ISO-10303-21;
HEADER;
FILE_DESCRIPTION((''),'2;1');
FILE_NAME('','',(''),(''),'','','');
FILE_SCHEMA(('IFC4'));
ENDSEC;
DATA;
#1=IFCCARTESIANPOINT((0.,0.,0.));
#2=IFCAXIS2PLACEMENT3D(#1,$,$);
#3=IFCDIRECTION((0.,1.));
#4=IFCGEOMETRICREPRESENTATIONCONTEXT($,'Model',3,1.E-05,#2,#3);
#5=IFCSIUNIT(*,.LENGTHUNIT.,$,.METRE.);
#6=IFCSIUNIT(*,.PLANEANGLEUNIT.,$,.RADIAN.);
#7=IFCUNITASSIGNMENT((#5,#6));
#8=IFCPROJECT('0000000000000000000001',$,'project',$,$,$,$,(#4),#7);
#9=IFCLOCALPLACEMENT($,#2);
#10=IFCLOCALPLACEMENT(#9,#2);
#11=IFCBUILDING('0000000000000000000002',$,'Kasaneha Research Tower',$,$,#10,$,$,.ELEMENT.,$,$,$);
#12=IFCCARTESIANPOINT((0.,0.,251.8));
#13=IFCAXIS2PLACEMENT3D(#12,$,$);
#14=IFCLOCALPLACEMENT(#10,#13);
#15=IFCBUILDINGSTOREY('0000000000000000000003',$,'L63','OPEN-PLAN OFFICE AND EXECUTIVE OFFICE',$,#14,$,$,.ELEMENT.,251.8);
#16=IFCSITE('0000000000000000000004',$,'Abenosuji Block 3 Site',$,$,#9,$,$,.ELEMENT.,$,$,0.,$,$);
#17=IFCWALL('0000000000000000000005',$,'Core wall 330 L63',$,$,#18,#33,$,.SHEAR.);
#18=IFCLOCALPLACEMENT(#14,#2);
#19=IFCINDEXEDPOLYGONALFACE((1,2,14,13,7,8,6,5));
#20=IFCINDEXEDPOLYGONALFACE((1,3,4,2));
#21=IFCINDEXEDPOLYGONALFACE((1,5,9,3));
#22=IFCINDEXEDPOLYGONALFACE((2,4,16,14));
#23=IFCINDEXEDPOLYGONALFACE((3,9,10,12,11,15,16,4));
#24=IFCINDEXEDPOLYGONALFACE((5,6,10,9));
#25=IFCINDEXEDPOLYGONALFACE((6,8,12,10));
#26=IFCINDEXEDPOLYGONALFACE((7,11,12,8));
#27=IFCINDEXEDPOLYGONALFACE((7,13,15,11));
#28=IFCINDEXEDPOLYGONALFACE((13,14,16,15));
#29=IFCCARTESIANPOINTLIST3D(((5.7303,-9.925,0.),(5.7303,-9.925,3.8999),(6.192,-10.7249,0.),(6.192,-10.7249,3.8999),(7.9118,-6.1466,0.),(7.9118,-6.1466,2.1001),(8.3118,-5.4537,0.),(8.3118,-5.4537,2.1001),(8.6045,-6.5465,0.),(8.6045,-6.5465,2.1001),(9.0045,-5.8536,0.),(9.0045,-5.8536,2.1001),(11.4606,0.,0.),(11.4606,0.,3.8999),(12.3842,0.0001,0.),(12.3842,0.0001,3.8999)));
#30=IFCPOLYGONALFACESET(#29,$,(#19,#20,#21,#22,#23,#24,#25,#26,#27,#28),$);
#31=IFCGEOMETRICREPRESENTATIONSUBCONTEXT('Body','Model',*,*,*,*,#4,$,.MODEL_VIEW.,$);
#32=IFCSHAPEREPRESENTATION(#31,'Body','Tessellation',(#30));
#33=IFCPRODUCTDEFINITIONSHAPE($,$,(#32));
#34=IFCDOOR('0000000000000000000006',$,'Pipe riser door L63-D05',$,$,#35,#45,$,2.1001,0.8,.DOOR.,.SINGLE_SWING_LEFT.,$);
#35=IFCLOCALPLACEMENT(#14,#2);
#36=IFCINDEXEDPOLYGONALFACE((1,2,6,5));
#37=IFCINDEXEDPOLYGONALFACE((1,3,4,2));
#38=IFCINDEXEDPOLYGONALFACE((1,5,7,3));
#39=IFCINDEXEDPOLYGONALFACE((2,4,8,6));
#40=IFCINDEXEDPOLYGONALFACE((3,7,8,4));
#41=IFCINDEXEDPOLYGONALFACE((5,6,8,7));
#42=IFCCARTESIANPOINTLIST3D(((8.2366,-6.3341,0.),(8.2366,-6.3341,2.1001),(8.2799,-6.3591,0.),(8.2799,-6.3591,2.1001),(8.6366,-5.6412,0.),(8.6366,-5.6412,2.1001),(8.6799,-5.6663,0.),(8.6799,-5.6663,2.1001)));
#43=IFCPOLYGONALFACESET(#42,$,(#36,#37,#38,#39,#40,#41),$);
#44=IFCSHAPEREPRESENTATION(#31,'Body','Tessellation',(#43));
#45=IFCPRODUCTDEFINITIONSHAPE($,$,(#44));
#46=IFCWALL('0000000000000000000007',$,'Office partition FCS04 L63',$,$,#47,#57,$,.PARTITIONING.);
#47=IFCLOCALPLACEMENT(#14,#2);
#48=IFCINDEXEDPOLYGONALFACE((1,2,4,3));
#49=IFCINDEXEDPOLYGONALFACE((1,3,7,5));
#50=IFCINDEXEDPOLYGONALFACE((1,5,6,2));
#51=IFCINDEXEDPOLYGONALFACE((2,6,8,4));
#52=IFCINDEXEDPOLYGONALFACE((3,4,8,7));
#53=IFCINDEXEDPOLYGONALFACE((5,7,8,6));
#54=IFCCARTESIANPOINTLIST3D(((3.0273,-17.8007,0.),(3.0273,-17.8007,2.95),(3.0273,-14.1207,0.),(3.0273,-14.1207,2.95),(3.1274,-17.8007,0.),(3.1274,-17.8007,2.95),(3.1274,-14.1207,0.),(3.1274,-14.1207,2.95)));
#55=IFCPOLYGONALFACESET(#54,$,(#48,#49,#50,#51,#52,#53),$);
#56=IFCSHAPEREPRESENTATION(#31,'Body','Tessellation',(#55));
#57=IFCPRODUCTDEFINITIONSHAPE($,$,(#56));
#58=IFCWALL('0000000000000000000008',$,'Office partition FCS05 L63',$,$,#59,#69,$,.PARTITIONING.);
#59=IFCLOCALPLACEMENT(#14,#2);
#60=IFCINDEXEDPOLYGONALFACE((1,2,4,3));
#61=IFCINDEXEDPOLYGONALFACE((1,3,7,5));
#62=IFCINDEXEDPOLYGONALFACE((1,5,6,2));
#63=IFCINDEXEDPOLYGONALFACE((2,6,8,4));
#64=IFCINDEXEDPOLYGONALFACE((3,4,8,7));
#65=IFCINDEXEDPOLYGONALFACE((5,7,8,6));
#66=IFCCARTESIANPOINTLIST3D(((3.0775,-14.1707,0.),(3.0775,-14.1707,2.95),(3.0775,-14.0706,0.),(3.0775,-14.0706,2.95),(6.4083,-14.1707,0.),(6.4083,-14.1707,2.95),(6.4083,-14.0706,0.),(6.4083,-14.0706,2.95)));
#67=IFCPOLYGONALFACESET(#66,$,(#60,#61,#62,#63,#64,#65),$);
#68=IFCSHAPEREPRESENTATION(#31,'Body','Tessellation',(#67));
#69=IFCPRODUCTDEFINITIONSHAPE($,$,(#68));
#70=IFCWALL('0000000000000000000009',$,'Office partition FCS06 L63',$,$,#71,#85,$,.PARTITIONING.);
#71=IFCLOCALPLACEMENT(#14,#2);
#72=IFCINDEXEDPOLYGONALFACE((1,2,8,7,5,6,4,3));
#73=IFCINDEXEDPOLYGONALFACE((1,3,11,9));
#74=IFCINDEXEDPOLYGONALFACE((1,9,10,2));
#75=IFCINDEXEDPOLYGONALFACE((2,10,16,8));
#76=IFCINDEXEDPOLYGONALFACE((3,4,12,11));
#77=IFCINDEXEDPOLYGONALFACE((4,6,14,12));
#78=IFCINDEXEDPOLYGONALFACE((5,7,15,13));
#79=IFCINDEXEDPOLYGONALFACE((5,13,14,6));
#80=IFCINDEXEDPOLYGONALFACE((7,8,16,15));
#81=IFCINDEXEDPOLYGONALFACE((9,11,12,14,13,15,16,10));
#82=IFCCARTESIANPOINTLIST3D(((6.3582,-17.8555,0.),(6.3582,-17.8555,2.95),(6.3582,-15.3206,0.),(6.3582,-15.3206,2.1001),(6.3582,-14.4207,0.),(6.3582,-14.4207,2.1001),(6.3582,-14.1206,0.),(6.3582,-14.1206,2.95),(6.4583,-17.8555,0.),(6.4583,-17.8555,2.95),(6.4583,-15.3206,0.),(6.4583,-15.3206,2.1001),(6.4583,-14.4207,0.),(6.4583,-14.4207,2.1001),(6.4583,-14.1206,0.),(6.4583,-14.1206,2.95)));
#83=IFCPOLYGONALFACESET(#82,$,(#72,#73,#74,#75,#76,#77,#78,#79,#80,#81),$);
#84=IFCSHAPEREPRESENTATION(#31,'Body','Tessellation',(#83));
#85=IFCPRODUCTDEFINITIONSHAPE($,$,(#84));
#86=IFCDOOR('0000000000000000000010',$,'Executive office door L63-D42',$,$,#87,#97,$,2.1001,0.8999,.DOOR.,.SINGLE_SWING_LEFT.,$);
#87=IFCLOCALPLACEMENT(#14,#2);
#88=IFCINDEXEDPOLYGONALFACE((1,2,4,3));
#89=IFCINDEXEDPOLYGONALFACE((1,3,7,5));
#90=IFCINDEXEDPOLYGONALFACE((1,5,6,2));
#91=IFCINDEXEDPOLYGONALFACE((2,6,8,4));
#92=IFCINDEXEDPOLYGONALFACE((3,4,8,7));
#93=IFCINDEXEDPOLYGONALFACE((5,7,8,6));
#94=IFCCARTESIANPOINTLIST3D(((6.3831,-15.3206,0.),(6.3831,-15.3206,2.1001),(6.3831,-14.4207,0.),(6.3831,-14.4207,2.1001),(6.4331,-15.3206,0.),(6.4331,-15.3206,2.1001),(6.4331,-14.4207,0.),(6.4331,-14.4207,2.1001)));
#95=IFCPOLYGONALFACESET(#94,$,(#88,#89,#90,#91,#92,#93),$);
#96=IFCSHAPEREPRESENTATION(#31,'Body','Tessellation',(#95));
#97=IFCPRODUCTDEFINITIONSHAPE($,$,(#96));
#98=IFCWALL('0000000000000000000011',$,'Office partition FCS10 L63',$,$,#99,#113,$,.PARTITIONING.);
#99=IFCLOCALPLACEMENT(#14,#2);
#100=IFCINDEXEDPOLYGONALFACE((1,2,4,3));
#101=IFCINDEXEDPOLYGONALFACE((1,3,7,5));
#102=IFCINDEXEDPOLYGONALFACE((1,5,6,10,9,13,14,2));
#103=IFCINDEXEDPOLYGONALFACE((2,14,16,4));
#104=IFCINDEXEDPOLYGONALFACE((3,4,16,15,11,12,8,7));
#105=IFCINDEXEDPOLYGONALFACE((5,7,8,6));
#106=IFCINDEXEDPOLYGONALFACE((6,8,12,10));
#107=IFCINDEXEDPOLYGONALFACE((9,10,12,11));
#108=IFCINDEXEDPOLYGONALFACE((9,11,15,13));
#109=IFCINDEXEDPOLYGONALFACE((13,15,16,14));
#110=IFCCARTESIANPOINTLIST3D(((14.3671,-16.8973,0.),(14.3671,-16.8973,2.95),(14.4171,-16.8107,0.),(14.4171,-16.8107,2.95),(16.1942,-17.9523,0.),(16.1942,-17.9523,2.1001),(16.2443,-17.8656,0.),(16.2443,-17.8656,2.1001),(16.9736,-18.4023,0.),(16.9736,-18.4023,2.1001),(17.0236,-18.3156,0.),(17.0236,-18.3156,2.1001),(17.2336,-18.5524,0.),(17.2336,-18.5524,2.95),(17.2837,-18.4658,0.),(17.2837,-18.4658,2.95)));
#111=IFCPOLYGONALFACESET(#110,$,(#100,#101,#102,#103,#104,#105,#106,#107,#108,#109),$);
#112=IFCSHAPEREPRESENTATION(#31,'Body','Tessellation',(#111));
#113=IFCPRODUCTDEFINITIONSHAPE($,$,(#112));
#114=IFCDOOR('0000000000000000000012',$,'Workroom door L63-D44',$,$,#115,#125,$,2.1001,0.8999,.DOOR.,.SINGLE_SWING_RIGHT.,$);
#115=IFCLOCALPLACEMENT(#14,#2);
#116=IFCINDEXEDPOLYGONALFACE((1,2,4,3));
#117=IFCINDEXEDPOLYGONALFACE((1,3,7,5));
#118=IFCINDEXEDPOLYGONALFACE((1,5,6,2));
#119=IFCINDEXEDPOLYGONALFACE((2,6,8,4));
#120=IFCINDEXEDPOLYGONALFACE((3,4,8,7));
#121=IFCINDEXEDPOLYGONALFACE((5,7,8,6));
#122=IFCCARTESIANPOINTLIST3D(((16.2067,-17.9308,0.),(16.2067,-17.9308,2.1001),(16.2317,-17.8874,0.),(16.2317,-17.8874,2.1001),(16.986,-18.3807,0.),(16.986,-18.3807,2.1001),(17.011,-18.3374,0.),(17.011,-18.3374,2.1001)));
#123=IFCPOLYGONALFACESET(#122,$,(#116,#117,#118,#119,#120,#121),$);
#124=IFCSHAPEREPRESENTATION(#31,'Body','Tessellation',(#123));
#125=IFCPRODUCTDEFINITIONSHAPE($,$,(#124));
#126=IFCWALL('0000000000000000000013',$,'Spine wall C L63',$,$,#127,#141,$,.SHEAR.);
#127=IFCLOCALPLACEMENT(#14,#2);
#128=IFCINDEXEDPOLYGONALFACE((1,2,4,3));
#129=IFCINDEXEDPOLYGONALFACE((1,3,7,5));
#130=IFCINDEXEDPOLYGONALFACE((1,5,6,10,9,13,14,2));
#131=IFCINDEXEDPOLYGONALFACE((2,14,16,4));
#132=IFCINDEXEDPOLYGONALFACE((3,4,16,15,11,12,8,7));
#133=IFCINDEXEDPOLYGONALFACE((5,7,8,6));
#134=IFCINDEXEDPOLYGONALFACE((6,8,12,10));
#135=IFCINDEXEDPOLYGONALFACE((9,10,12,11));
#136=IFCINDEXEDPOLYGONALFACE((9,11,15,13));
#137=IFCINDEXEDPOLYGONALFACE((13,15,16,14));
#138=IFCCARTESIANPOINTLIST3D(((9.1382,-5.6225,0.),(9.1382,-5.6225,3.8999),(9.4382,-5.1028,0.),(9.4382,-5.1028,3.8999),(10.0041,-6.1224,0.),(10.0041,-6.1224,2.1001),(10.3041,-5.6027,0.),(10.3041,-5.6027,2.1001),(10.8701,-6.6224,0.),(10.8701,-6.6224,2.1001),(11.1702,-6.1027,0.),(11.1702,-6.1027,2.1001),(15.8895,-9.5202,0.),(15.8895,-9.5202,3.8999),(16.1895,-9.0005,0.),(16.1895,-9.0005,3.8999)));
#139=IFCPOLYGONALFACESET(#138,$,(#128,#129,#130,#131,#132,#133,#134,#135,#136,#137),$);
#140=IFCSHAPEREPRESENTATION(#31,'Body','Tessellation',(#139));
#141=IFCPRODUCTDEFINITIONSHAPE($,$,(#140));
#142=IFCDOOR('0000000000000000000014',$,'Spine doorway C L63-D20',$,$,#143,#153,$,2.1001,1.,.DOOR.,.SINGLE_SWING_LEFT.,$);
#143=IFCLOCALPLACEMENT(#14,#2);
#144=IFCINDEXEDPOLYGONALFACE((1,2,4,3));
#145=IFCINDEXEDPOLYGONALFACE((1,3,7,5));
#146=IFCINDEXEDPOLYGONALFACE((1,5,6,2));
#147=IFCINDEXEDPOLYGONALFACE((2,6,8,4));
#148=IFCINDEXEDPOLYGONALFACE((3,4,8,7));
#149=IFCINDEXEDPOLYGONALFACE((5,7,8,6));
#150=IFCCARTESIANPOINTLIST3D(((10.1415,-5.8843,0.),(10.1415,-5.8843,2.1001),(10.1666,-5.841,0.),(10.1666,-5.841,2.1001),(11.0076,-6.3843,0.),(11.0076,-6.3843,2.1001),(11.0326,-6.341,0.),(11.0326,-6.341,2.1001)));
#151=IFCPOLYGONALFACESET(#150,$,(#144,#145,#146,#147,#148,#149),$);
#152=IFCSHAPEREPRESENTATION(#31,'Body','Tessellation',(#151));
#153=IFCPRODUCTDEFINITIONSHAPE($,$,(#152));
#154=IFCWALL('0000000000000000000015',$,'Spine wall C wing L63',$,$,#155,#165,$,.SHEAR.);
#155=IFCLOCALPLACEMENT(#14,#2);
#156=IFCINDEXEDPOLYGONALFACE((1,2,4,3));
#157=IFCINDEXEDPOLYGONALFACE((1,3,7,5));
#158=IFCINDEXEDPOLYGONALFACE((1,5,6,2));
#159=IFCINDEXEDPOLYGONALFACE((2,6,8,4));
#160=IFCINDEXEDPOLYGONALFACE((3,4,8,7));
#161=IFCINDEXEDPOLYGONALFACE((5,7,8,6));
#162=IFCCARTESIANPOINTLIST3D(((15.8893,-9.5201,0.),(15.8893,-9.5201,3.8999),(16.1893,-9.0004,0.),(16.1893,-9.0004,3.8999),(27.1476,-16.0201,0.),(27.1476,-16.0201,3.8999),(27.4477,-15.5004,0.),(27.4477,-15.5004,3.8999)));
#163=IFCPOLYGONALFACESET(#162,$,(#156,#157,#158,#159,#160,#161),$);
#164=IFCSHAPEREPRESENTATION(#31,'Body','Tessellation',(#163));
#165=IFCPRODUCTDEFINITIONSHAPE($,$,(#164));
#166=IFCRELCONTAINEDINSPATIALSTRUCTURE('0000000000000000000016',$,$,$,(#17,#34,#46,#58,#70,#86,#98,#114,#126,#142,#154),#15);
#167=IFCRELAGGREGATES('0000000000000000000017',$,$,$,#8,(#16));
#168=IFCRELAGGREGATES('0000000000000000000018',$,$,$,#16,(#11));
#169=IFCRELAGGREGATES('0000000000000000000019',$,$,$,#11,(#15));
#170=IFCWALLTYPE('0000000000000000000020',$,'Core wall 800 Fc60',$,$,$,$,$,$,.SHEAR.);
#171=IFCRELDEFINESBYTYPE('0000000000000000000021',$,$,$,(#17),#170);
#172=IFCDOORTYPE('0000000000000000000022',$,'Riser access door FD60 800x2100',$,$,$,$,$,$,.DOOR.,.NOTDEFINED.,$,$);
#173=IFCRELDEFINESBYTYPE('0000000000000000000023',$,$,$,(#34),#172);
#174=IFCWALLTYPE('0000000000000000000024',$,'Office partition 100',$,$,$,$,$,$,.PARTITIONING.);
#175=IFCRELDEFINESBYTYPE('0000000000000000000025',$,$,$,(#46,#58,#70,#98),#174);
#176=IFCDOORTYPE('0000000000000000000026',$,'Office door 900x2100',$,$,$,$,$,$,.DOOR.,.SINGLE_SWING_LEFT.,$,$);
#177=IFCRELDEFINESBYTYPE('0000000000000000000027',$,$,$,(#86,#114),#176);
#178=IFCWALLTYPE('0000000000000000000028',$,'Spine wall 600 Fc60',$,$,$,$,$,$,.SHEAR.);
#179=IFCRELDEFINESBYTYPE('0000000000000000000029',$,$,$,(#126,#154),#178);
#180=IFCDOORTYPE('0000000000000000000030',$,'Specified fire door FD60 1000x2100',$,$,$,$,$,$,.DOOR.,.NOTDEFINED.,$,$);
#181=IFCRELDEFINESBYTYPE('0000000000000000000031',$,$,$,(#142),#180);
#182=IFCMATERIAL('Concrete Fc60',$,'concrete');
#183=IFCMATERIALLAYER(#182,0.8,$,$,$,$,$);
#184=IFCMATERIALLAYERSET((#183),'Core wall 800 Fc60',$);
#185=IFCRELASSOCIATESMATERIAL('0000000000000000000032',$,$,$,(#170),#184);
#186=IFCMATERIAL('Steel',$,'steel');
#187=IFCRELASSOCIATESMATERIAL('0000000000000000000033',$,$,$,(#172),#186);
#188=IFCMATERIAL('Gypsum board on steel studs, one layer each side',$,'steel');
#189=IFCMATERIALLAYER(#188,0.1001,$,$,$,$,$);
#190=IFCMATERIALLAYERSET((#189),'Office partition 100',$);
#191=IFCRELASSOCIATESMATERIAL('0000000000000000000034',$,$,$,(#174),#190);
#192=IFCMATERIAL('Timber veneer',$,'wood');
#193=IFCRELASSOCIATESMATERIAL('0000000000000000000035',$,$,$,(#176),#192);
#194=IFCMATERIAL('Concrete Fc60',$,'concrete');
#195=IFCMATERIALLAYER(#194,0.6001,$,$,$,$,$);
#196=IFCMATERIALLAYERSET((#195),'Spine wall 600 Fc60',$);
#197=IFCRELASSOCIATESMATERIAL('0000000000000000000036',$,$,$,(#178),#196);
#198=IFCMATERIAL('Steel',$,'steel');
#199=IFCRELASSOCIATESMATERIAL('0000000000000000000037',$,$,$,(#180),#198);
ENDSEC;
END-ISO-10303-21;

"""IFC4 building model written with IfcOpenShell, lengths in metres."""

from ifc_helpers import new_model, si_unit, direction, frame, frame_2d, origin, place, context, subcontext, project, spatial, polyline, rectangle, outline, extrude, material, layer, layer_set, type_object, element, fill, save


model = new_model("IFC4")

# Units and contexts
model_context = context("Model", 3, precision=1e-05, world=origin(), true_north=direction((0.0, 1.0)))
body_context = subcontext(model_context, "Body", "Model", "MODEL_VIEW")
ifc_project = project(units=[si_unit("LENGTHUNIT", "METRE"), si_unit("PLANEANGLEUNIT", "RADIAN")], contexts=[model_context])

# Site, building, storey
site_placement = place(None, origin())
site = spatial("IfcSite", under=ifc_project, at=site_placement, Name="Abenosuji Block 3 Site", CompositionType="ELEMENT", RefElevation=0.0)
building_placement = place(site_placement, origin())
building = spatial("IfcBuilding", under=site, at=building_placement, Name="Kasaneha Research Tower", CompositionType="ELEMENT")
storey_placement = place(building_placement, frame((0.0, 0.0, 251.8)))
storey = spatial("IfcBuildingStorey", under=building, at=storey_placement, Name="L63", Description="OPEN-PLAN OFFICE AND EXECUTIVE OFFICE", CompositionType="ELEMENT", Elevation=251.8)

# Wall, opening, door
ifc_material_1 = material(Name="Concrete Fc60", Category="concrete")
ifc_layer_1 = layer(ifc_material_1, 0.8)
ifc_layer_set_1 = layer_set([ifc_layer_1], Name="Core wall 800 Fc60")
wall_type_1 = type_object("IfcWallType", Name="Core wall 800 Fc60", PredefinedType="SHEAR", material=ifc_layer_set_1)
wall_1_placement = place(storey_placement, frame((5.9612, -10.325, 0.0), z_axis=(0.0, 0.0, 1.0), x_axis=(0.500004, 0.866023, 0.0)))
wall_1 = element("IfcWall", 1, at=wall_1_placement, inside=storey, type_object=wall_type_1, Name="Core wall 330 L63", PredefinedType="SHEAR", context=body_context, shape_type="SweptSolid", body=[
    extrude(outline(polyline([(-0.231, -0.3999), (4.594, -0.3999), (5.394, -0.3999), (12.1533, -0.3999), (11.6914, 0.3999), (5.394, 0.3999), (4.594, 0.3999), (0.231, 0.3999), (-0.231, -0.3999)])), origin(), (0.0, 0.0, 1.0), 3.8999),
])
opening_1_placement = place(wall_1_placement, frame((4.594, 0.0, 0.0)))
opening_1 = element("IfcOpeningElement", 2, at=opening_1_placement, cuts=wall_1, PredefinedType="OPENING", context=body_context, shape_type="SweptSolid", body=[
    extrude(rectangle(XDim=0.8, YDim=2.1001, at=frame_2d((0.3999, 1.05))), frame((0.0, 0.4102, 0.0), z_axis=(0.0, -1.0, 0.0), x_axis=(1.0, 0.0, 0.0)), (0.0, 0.0, 1.0), 0.8201),
])
ifc_material_2 = material(Name="Steel", Category="steel")
door_type_1 = type_object("IfcDoorType", Name="Riser access door FD60 800x2100", OperationType="NOTDEFINED", PredefinedType="DOOR", material=ifc_material_2)
door_1_placement = place(opening_1_placement, origin())
door_1 = element("IfcDoor", 3, at=door_1_placement, inside=storey, type_object=door_type_1, Name="Pipe riser door L63-D05", OperationType="SINGLE_SWING_LEFT", OverallHeight=2.1001, OverallWidth=0.8, PredefinedType="DOOR", context=body_context, shape_type="SweptSolid", body=[
    extrude(rectangle(XDim=0.8, YDim=2.1001, at=frame_2d((0.3999, 1.05))), frame((0.0, 0.0249, 0.0), z_axis=(0.0, -1.0, 0.0), x_axis=(1.0, 0.0, 0.0)), (0.0, 0.0, 1.0), 0.05),
])
fill(opening_1, door_1)

# Walls
ifc_material_3 = material(Name="Gypsum board on steel studs, one layer each side", Category="steel")
ifc_layer_2 = layer(ifc_material_3, 0.1001)
ifc_layer_set_2 = layer_set([ifc_layer_2], Name="Office partition 100")
wall_type_2 = type_object("IfcWallType", Name="Office partition 100", PredefinedType="PARTITIONING", material=ifc_layer_set_2)
wall_2_placement = place(storey_placement, frame((3.0774, -17.8005, 0.0), z_axis=(0.0, 0.0, 1.0), x_axis=(0.0, 1.0, 0.0)))
element("IfcWall", 4, at=wall_2_placement, inside=storey, type_object=wall_type_2, Name="Office partition FCS04 L63", PredefinedType="PARTITIONING", context=body_context, shape_type="SweptSolid", body=[
    extrude(rectangle(XDim=3.6799, YDim=0.1001, at=frame_2d((1.8398, 0.0))), origin(), (0.0, 0.0, 1.0), 2.95),
])
wall_3_placement = place(storey_placement, frame((3.0774, -14.1206, 0.0), z_axis=(0.0, 0.0, 1.0), x_axis=(1.0, 0.0, 0.0)))
element("IfcWall", 5, at=wall_3_placement, inside=storey, type_object=wall_type_2, Name="Office partition FCS05 L63", PredefinedType="PARTITIONING", context=body_context, shape_type="SweptSolid", body=[
    extrude(rectangle(XDim=3.3308, YDim=0.1001, at=frame_2d((1.6655, 0.0))), origin(), (0.0, 0.0, 1.0), 2.95),
])

# Walls, openings, doors
wall_4_placement = place(storey_placement, frame((6.4082, -14.1206, 0.0), z_axis=(0.0, 0.0, 1.0), x_axis=(0.0, -1.0, 0.0)))
wall_4 = element("IfcWall", 6, at=wall_4_placement, inside=storey, type_object=wall_type_2, Name="Office partition FCS06 L63", PredefinedType="PARTITIONING", context=body_context, shape_type="SweptSolid", body=[
    extrude(rectangle(XDim=3.7349, YDim=0.1001, at=frame_2d((1.8674, 0.0))), origin(), (0.0, 0.0, 1.0), 2.95),
])
opening_2_placement = place(wall_4_placement, frame((0.3, 0.0, 0.0)))
opening_2 = element("IfcOpeningElement", 7, at=opening_2_placement, cuts=wall_4, PredefinedType="OPENING", context=body_context, shape_type="SweptSolid", body=[
    extrude(rectangle(XDim=0.8999, YDim=2.1001, at=frame_2d((0.45, 1.05))), frame((0.0, 0.0601, 0.0), z_axis=(0.0, -1.0, 0.0), x_axis=(1.0, 0.0, 0.0)), (0.0, 0.0, 1.0), 0.1201),
])
ifc_material_4 = material(Name="Timber veneer", Category="wood")
door_type_2 = type_object("IfcDoorType", Name="Office door 900x2100", OperationType="SINGLE_SWING_LEFT", PredefinedType="DOOR", material=ifc_material_4)
door_2_placement = place(opening_2_placement, origin())
door_2 = element("IfcDoor", 8, at=door_2_placement, inside=storey, type_object=door_type_2, Name="Executive office door L63-D42", OperationType="SINGLE_SWING_LEFT", OverallHeight=2.1001, OverallWidth=0.8999, PredefinedType="DOOR", context=body_context, shape_type="SweptSolid", body=[
    extrude(rectangle(XDim=0.8999, YDim=2.1001, at=frame_2d((0.45, 1.05))), frame((0.0, 0.0249, 0.0), z_axis=(0.0, -1.0, 0.0), x_axis=(1.0, 0.0, 0.0)), (0.0, 0.0, 1.0), 0.05),
])
fill(opening_2, door_2)
wall_5_placement = place(storey_placement, frame((14.3921, -16.854, 0.0), z_axis=(0.0, 0.0, 1.0), x_axis=(0.866015, -0.500018, 0.0)))
wall_5 = element("IfcWall", 9, at=wall_5_placement, inside=storey, type_object=wall_type_2, Name="Office partition FCS10 L63", PredefinedType="PARTITIONING", context=body_context, shape_type="SweptSolid", body=[
    extrude(rectangle(XDim=3.3101, YDim=0.1001, at=frame_2d((1.655, 0.0))), origin(), (0.0, 0.0, 1.0), 2.95),
])
opening_3_placement = place(wall_5_placement, frame((2.1099, 0.0, 0.0)))
opening_3 = element("IfcOpeningElement", 10, at=opening_3_placement, cuts=wall_5, PredefinedType="OPENING", context=body_context, shape_type="SweptSolid", body=[
    extrude(rectangle(XDim=0.8999, YDim=2.1001, at=frame_2d((0.45, 1.05))), frame((0.0, 0.0601, 0.0), z_axis=(0.0, -1.0, 0.0), x_axis=(1.0, 0.0, 0.0)), (0.0, 0.0, 1.0), 0.1201),
])
door_3_placement = place(opening_3_placement, origin())
door_3 = element("IfcDoor", 11, at=door_3_placement, inside=storey, type_object=door_type_2, Name="Workroom door L63-D44", OperationType="SINGLE_SWING_RIGHT", OverallHeight=2.1001, OverallWidth=0.8999, PredefinedType="DOOR", context=body_context, shape_type="SweptSolid", body=[
    extrude(rectangle(XDim=0.8999, YDim=2.1001, at=frame_2d((0.45, 1.05))), frame((0.0, 0.0249, 0.0), z_axis=(0.0, -1.0, 0.0), x_axis=(1.0, 0.0, 0.0)), (0.0, 0.0, 1.0), 0.05),
])
fill(opening_3, door_3)
ifc_material_5 = material(Name="Concrete Fc60", Category="concrete")
ifc_layer_3 = layer(ifc_material_5, 0.6001)
ifc_layer_set_3 = layer_set([ifc_layer_3], Name="Spine wall 600 Fc60")
wall_type_3 = type_object("IfcWallType", Name="Spine wall 600 Fc60", PredefinedType="SHEAR", material=ifc_layer_set_3)
wall_6_placement = place(storey_placement, frame((9.2881, -5.3625, 0.0), z_axis=(0.0, 0.0, 1.0), x_axis=(0.866032, -0.499989, 0.0)))
wall_6 = element("IfcWall", 12, at=wall_6_placement, inside=storey, type_object=wall_type_3, Name="Spine wall C L63", PredefinedType="SHEAR", context=body_context, shape_type="SweptSolid", body=[
    extrude(rectangle(XDim=7.7957, YDim=0.6001, at=frame_2d((3.8979, 0.0))), origin(), (0.0, 0.0, 1.0), 3.8999),
])
opening_4_placement = place(wall_6_placement, frame((1.0, 0.0, 0.0)))
opening_4 = element("IfcOpeningElement", 13, at=opening_4_placement, cuts=wall_6, PredefinedType="OPENING", context=body_context, shape_type="SweptSolid", body=[
    extrude(rectangle(XDim=1.0, YDim=2.1001, at=frame_2d((0.5, 1.05))), frame((0.0, 0.3101, 0.0), z_axis=(0.0, -1.0, 0.0), x_axis=(1.0, 0.0, 0.0)), (0.0, 0.0, 1.0), 0.6201),
])
ifc_material_6 = material(Name="Steel", Category="steel")
door_type_3 = type_object("IfcDoorType", Name="Specified fire door FD60 1000x2100", OperationType="NOTDEFINED", PredefinedType="DOOR", material=ifc_material_6)
door_4_placement = place(opening_4_placement, origin())
door_4 = element("IfcDoor", 14, at=door_4_placement, inside=storey, type_object=door_type_3, Name="Spine doorway C L63-D20", OperationType="SINGLE_SWING_LEFT", OverallHeight=2.1001, OverallWidth=1.0, PredefinedType="DOOR", context=body_context, shape_type="SweptSolid", body=[
    extrude(rectangle(XDim=1.0, YDim=2.1001, at=frame_2d((0.5, 1.05))), frame((0.0, 0.0249, 0.0), z_axis=(0.0, -1.0, 0.0), x_axis=(1.0, 0.0, 0.0)), (0.0, 0.0, 1.0), 0.05),
])
fill(opening_4, door_4)

# Wall
wall_7_placement = place(storey_placement, frame((16.0393, -9.2603, 0.0), z_axis=(0.0, 0.0, 1.0), x_axis=(0.866025, -0.500001, 0.0)))
element("IfcWall", 15, at=wall_7_placement, inside=storey, type_object=wall_type_3, Name="Spine wall C wing L63", PredefinedType="SHEAR", context=body_context, shape_type="SweptSolid", body=[
    extrude(rectangle(XDim=13.0, YDim=0.6001, at=frame_2d((6.5, 0.0))), origin(), (0.0, 0.0, 1.0), 3.8999),
])

save(model, "model.ifc")
